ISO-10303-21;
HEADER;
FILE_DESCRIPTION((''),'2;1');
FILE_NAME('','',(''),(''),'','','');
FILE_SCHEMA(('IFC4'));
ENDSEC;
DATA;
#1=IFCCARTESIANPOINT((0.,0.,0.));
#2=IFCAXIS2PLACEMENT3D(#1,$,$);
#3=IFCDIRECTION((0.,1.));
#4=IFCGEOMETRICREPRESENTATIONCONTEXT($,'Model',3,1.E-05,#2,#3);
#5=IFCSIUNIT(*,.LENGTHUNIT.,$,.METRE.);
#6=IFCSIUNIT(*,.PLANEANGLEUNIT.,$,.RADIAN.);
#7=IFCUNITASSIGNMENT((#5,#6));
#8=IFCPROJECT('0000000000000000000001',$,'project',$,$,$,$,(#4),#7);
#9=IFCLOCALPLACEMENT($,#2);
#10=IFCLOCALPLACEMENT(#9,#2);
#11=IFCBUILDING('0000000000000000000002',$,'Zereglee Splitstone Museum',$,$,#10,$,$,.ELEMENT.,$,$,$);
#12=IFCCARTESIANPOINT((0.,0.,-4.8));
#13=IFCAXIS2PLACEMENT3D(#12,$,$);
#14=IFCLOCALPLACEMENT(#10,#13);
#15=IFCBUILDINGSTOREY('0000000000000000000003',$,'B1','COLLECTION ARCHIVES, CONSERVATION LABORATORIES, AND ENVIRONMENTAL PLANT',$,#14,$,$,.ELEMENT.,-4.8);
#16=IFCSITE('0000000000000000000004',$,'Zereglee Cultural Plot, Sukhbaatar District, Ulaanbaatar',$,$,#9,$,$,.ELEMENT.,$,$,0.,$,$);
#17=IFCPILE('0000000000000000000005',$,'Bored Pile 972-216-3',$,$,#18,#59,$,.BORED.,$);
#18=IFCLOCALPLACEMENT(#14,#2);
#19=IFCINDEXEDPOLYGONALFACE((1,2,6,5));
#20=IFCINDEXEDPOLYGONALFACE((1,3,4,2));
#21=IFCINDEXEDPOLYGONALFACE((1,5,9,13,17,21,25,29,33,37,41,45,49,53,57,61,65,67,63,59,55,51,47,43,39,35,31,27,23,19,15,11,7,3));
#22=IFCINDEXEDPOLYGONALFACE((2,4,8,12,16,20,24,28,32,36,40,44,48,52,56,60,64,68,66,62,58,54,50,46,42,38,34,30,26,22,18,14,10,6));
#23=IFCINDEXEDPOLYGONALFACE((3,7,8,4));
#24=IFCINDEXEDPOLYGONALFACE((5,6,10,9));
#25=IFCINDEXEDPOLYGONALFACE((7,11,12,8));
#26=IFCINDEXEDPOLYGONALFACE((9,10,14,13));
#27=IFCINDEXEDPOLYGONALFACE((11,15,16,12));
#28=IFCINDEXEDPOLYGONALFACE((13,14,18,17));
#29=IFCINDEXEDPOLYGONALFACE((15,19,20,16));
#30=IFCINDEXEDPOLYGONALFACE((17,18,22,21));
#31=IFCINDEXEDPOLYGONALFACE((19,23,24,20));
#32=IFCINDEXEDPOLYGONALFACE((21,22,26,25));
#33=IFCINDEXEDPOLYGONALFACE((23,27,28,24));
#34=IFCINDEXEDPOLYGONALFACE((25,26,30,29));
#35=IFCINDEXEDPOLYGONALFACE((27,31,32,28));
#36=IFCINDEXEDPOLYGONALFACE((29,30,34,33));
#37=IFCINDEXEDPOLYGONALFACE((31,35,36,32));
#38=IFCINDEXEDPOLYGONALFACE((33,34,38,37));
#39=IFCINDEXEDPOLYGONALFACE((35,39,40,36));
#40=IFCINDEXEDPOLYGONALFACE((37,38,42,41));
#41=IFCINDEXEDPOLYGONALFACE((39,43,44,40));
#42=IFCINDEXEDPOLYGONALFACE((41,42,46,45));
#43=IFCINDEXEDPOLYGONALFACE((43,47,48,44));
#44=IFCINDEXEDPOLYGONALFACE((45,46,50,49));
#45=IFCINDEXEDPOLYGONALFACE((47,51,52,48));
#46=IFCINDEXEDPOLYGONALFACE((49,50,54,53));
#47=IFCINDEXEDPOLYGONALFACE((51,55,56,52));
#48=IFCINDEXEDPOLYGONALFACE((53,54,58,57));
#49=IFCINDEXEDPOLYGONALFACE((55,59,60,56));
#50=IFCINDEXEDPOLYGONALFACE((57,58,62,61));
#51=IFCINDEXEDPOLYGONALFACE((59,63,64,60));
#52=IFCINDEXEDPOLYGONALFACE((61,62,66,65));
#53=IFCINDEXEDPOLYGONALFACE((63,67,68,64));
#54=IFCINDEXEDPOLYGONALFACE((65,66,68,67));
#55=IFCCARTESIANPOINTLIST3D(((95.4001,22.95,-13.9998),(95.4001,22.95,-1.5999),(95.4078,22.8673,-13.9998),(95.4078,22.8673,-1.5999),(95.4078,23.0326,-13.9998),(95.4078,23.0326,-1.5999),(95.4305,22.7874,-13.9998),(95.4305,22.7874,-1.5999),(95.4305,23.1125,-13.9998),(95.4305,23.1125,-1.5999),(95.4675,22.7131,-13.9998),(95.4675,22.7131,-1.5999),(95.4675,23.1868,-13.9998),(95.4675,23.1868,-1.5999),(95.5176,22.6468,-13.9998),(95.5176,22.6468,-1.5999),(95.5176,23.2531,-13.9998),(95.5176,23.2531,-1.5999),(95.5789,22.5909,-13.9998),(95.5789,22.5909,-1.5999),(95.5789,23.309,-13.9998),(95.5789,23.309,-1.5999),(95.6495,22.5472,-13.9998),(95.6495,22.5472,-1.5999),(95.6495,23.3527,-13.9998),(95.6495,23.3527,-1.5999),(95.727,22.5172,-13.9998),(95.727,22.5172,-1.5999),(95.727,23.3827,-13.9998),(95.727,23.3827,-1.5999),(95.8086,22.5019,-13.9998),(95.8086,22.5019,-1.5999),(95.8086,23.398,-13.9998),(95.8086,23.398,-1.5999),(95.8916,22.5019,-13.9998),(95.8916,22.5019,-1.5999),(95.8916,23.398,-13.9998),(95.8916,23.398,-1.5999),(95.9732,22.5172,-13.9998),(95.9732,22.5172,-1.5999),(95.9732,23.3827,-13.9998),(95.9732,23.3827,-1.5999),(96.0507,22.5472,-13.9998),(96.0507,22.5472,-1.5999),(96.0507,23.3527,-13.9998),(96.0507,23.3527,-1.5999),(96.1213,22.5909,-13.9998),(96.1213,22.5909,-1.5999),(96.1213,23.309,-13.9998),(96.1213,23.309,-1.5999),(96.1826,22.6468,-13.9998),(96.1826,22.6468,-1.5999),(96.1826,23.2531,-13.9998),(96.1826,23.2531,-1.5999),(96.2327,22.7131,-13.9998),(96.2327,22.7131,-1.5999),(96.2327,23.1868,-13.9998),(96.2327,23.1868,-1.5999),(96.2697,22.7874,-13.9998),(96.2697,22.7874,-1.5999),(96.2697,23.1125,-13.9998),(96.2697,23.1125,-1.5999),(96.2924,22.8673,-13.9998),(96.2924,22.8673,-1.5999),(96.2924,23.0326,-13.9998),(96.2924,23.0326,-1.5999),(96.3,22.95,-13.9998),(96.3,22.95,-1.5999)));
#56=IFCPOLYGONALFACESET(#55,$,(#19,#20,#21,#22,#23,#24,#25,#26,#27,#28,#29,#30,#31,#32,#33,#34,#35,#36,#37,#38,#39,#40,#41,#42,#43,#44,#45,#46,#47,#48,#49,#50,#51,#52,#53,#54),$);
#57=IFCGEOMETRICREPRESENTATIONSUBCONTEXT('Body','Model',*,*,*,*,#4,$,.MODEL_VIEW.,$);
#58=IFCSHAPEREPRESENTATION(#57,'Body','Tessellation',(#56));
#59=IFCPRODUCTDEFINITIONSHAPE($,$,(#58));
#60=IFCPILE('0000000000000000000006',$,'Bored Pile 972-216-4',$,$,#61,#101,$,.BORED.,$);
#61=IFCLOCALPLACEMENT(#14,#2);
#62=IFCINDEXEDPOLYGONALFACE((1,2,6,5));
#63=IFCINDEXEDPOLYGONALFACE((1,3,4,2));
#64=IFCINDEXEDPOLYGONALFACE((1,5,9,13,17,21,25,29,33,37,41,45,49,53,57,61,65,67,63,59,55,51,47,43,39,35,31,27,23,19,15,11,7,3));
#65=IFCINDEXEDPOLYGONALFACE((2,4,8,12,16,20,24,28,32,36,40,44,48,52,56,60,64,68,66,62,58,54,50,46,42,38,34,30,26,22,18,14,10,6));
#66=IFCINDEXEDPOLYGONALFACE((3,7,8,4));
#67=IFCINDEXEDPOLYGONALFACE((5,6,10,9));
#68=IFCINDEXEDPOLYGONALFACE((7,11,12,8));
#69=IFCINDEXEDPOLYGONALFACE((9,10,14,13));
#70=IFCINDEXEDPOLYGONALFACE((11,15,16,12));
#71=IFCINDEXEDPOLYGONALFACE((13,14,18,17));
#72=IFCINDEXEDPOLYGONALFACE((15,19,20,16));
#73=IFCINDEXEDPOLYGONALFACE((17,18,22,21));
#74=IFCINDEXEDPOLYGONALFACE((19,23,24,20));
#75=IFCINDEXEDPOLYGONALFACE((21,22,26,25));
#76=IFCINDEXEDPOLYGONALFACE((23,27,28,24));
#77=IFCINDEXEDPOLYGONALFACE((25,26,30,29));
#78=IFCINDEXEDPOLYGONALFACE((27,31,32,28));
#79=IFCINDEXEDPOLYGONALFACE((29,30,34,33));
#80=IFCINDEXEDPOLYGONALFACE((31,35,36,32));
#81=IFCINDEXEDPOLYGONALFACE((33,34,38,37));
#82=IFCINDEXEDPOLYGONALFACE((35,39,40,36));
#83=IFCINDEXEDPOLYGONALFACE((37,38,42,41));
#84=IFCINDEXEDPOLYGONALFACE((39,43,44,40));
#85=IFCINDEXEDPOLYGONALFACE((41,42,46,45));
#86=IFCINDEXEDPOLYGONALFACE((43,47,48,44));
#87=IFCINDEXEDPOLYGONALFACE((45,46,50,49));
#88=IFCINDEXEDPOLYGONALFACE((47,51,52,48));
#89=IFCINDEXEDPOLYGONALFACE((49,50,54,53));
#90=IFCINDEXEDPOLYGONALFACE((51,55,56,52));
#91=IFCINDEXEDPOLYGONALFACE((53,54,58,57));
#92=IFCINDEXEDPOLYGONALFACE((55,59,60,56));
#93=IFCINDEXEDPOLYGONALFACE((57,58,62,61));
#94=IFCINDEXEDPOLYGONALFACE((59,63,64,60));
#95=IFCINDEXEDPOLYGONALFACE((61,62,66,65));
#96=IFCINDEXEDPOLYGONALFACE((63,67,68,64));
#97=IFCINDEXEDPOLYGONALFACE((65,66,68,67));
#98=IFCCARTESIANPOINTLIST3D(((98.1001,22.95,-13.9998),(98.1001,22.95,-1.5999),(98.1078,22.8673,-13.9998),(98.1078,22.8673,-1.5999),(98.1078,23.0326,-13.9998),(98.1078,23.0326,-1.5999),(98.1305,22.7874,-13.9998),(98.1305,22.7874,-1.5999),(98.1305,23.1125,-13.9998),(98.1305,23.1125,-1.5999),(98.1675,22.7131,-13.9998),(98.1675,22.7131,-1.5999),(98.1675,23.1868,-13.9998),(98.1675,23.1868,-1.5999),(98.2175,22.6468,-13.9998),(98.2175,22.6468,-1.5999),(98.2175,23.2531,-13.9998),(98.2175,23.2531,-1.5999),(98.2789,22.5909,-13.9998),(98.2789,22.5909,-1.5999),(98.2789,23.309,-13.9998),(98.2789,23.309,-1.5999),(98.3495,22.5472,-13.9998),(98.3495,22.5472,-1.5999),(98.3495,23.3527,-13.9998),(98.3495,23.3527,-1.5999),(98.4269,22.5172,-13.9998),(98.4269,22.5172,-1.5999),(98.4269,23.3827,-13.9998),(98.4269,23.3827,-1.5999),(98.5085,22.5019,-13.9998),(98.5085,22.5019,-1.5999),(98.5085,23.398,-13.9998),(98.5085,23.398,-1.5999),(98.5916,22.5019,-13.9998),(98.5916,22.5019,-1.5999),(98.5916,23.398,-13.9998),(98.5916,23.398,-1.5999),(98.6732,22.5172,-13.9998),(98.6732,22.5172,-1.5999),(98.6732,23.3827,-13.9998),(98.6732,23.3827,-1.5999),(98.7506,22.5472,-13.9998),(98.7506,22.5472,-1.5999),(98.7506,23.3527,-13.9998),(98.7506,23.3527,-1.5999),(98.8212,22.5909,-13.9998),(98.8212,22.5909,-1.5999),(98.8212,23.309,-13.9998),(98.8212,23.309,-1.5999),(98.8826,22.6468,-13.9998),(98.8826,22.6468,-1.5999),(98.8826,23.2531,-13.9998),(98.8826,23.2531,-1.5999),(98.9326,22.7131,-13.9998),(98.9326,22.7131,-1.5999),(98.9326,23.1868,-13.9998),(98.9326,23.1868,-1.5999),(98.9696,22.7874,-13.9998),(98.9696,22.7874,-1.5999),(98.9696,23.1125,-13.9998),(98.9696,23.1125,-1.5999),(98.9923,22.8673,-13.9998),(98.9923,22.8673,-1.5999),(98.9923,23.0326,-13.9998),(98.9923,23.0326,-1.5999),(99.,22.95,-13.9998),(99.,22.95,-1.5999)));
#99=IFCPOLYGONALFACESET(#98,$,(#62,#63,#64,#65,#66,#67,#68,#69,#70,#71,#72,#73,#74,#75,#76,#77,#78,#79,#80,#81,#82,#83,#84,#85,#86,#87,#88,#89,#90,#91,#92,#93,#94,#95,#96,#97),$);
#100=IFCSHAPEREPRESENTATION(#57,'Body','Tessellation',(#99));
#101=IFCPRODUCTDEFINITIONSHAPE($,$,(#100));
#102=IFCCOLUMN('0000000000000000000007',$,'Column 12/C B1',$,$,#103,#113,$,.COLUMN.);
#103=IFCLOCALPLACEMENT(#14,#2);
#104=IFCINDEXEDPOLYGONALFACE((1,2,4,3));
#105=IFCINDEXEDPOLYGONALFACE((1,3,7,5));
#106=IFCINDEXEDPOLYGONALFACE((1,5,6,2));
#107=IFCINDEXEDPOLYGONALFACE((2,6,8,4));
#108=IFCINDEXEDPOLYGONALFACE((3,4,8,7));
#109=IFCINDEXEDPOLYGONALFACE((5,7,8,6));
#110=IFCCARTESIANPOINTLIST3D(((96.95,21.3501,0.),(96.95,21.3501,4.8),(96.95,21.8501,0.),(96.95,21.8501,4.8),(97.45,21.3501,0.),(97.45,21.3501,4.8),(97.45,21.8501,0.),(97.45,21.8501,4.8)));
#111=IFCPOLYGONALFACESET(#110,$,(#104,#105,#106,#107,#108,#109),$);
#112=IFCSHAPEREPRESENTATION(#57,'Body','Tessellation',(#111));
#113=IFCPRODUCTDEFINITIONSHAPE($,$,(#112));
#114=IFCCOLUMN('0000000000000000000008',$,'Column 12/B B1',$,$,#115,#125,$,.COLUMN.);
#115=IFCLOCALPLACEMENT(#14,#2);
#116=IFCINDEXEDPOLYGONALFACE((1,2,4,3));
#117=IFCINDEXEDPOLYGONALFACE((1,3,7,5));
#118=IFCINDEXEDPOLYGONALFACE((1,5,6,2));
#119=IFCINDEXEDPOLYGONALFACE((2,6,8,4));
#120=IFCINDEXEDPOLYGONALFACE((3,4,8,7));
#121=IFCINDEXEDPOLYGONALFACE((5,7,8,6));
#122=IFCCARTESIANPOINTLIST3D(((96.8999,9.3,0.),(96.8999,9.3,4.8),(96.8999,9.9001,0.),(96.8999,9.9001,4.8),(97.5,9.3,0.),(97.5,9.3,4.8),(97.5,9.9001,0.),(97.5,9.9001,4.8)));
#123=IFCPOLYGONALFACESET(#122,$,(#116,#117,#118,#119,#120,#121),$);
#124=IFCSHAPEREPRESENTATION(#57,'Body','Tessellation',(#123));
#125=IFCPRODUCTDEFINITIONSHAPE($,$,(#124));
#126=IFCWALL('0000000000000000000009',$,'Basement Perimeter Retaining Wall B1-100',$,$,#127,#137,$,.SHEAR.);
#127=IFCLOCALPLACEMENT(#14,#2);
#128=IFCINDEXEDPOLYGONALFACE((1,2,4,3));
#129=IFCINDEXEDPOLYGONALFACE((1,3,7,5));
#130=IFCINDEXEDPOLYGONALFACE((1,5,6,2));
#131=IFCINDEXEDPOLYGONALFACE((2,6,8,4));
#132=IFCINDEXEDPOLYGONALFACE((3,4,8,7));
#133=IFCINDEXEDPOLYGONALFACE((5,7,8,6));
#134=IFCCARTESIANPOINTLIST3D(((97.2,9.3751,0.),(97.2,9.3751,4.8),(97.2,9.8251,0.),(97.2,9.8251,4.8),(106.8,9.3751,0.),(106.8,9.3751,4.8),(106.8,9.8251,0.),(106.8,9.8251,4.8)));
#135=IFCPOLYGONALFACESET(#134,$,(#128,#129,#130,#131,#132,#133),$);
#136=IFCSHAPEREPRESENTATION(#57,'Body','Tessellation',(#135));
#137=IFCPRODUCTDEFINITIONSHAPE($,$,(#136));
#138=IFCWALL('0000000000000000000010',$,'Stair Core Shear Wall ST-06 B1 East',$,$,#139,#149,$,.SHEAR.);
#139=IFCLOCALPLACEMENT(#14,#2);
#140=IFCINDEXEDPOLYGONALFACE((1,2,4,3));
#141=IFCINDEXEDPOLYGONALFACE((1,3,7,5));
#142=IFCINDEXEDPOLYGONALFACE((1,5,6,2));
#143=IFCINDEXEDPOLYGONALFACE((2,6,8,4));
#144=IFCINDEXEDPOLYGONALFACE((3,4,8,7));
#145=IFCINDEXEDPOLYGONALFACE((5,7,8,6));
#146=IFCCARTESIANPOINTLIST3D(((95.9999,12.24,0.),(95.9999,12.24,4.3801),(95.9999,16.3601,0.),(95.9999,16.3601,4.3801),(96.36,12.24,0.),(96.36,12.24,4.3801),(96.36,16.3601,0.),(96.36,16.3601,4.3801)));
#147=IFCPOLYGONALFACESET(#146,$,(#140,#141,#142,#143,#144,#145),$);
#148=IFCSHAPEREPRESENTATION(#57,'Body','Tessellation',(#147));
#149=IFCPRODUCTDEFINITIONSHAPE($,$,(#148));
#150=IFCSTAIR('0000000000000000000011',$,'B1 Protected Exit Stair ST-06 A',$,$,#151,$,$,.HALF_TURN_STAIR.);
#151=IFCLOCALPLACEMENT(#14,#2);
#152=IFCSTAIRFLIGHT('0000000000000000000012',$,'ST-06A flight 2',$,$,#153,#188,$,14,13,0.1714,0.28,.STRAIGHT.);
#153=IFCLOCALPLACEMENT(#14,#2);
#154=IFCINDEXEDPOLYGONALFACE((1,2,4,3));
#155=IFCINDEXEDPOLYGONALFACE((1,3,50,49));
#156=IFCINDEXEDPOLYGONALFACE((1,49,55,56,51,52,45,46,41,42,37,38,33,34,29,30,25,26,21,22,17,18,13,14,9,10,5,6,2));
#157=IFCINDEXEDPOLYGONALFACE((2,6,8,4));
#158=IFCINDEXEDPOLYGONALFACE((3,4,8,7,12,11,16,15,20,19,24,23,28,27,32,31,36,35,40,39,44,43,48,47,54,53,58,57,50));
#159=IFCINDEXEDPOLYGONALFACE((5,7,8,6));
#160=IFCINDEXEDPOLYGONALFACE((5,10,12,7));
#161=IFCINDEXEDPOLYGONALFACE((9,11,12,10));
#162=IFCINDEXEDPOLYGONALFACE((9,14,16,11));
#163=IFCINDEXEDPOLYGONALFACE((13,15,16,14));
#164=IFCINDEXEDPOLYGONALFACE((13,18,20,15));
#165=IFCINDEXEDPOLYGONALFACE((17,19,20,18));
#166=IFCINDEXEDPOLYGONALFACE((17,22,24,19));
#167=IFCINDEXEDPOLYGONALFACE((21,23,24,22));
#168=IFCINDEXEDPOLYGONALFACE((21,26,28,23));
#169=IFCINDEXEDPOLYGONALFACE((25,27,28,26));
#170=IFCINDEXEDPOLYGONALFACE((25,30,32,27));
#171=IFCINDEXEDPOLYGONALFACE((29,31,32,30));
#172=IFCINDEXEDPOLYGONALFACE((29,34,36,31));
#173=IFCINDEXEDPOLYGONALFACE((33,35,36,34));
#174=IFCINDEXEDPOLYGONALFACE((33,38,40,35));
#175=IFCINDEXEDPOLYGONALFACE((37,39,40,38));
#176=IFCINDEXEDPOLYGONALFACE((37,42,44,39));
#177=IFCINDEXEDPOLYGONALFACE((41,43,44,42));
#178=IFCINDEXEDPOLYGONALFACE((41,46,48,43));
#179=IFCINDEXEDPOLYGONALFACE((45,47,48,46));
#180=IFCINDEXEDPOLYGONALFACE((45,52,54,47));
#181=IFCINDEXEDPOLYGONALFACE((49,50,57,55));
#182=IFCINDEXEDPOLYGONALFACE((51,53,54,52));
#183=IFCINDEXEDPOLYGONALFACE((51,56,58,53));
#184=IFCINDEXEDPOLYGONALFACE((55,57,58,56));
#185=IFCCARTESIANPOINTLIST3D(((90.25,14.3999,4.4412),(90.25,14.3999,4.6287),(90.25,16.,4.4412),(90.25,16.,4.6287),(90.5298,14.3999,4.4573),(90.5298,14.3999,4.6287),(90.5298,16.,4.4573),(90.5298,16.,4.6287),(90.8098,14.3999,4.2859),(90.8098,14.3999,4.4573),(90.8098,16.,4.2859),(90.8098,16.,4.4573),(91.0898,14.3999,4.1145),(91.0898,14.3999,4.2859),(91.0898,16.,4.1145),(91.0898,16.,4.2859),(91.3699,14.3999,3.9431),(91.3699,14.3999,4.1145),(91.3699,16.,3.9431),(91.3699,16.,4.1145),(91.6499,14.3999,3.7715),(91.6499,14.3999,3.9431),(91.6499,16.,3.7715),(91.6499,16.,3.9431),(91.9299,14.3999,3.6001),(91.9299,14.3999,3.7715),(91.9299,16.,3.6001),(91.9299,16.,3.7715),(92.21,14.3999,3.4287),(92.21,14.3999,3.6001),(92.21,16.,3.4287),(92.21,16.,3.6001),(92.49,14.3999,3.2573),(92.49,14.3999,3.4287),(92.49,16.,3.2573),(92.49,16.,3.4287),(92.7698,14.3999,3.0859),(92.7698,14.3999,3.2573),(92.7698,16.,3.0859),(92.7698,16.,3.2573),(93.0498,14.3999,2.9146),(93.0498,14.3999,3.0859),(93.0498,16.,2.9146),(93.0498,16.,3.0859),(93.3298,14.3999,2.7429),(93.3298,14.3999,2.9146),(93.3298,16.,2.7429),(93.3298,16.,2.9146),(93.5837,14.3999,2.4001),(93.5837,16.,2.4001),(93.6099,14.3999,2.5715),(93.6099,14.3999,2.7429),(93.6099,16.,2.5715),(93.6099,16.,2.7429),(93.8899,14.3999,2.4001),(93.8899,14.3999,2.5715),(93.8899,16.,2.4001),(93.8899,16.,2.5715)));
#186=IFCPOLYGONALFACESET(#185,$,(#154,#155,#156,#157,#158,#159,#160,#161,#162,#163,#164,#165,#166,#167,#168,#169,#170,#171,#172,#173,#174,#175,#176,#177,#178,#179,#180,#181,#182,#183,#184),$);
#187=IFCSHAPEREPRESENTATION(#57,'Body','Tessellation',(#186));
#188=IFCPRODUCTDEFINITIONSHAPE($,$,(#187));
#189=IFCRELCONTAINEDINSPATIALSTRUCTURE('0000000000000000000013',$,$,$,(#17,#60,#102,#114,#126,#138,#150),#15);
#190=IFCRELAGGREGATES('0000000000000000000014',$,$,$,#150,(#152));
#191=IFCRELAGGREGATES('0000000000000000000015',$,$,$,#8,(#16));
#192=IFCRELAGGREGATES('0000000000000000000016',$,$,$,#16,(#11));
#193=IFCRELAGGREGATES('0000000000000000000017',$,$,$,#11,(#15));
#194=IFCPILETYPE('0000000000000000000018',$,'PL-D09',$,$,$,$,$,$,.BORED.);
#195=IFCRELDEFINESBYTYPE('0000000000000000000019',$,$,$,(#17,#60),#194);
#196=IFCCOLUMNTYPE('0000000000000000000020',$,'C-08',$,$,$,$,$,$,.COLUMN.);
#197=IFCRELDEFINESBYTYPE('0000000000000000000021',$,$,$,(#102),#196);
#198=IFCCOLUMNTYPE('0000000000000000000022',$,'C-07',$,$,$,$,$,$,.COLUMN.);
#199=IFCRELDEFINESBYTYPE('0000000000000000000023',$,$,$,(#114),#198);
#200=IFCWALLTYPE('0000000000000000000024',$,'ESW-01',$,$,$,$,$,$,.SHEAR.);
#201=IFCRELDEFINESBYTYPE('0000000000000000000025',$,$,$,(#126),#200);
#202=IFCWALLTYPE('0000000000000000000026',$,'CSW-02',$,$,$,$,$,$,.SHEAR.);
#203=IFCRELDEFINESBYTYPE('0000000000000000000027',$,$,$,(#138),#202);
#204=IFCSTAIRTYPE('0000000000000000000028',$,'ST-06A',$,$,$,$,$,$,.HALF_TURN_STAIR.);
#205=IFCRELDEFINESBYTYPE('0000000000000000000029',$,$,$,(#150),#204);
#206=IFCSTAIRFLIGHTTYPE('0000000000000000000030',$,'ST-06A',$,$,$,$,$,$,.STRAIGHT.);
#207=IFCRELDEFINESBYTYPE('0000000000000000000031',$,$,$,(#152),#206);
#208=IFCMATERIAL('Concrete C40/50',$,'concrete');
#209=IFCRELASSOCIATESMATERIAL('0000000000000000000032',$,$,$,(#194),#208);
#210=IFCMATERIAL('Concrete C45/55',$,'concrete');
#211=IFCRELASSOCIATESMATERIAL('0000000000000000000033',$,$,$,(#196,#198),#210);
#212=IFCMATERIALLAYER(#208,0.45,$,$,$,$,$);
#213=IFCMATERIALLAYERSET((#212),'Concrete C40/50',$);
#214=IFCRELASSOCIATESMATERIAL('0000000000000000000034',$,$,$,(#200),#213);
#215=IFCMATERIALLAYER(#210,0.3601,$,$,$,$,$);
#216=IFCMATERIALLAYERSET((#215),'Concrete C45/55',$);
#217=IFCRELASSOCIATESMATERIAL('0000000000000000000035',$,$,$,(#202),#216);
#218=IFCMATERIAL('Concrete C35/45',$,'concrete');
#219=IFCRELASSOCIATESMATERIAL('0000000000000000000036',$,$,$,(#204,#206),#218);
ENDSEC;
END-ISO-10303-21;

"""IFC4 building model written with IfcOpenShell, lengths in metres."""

from ifc_helpers import new_model, si_unit, direction, frame, frame_2d, origin, origin_2d, place, context, subcontext, project, spatial, polyline, rectangle, circle, outline, extrude, material, layer, layer_set, material_profile, profile_set, type_object, element, aggregate, save


model = new_model("IFC4")

# Units and contexts
model_context = context("Model", 3, precision=1e-05, world=origin(), true_north=direction((0.0, 1.0)))
body_context = subcontext(model_context, "Body", "Model", "MODEL_VIEW")
ifc_project = project(units=[si_unit("LENGTHUNIT", "METRE"), si_unit("PLANEANGLEUNIT", "RADIAN")], contexts=[model_context])

# Site, building, storey
site_placement = place(None, origin())
site = spatial("IfcSite", under=ifc_project, at=site_placement, Name="Zereglee Cultural Plot, Sukhbaatar District, Ulaanbaatar", CompositionType="ELEMENT", RefElevation=0.0)
building_placement = place(site_placement, origin())
building = spatial("IfcBuilding", under=site, at=building_placement, Name="Zereglee Splitstone Museum", CompositionType="ELEMENT")
storey_placement = place(building_placement, frame((0.0, 0.0, -4.8)))
storey = spatial("IfcBuildingStorey", under=building, at=storey_placement, Name="B1", Description="COLLECTION ARCHIVES, CONSERVATION LABORATORIES, AND ENVIRONMENTAL PLANT", CompositionType="ELEMENT", Elevation=-4.8)

# Shared definitions
ifc_material_1 = material(Name="Concrete C40/50", Category="concrete")

# Piles
ifc_material_profile_1 = material_profile(ifc_material_1, circle(Radius=0.45, at=origin_2d()), Name="PILE D900")
ifc_profile_set_1 = profile_set([ifc_material_profile_1], Name="Concrete C40/50")
pile_type = type_object("IfcPileType", Name="PL-D09", PredefinedType="BORED", material=ifc_profile_set_1)
for number, where, z_axis, x_axis, name in (
    (1, (95.8501, 22.95, -1.5999), (0.0, 0.0, -1.0), (1.0, 0.0, 0.0), "Bored Pile 972-216-3"),
    (2, (98.55, 22.95, -1.5999), (0.0, 0.0, -1.0), (1.0, 0.0, 0.0), "Bored Pile 972-216-4"),
):
    element("IfcPile", number, at=place(storey_placement, frame(where, z_axis=z_axis, x_axis=x_axis)), inside=storey, type_object=pile_type, Name=name, PredefinedType="BORED", context=body_context, shape_type="SweptSolid", body=[
        extrude(circle(Radius=0.45, at=origin_2d()), origin(), (0.0, 0.0, 1.0), 12.3999),
    ])

# Columns
ifc_material_2 = material(Name="Concrete C45/55", Category="concrete")
ifc_material_profile_2 = material_profile(ifc_material_2, rectangle(XDim=0.5, YDim=0.5, at=origin_2d()), Name="RC 500x500")
ifc_profile_set_2 = profile_set([ifc_material_profile_2], Name="Concrete C45/55")
column_type_1 = type_object("IfcColumnType", Name="C-08", PredefinedType="COLUMN", material=ifc_profile_set_2)
column_1_placement = place(storey_placement, frame((97.2, 21.6001, 0.0), z_axis=(0.0, 0.0, 1.0), x_axis=(1.0, 0.0, 0.0)))
element("IfcColumn", 3, at=column_1_placement, inside=storey, type_object=column_type_1, Name="Column 12/C B1", PredefinedType="COLUMN", context=body_context, shape_type="SweptSolid", body=[
    extrude(rectangle(XDim=0.5, YDim=0.5, at=origin_2d()), origin(), (0.0, 0.0, 1.0), 4.8),
])
ifc_material_profile_3 = material_profile(ifc_material_2, rectangle(XDim=0.6001, YDim=0.6001, at=origin_2d()), Name="RC 600x600")
ifc_profile_set_3 = profile_set([ifc_material_profile_3], Name="Concrete C45/55")
column_type_2 = type_object("IfcColumnType", Name="C-07", PredefinedType="COLUMN", material=ifc_profile_set_3)
column_2_placement = place(storey_placement, frame((97.2, 9.6001, 0.0), z_axis=(0.0, 0.0, 1.0), x_axis=(1.0, 0.0, 0.0)))
element("IfcColumn", 4, at=column_2_placement, inside=storey, type_object=column_type_2, Name="Column 12/B B1", PredefinedType="COLUMN", context=body_context, shape_type="SweptSolid", body=[
    extrude(rectangle(XDim=0.6001, YDim=0.6001, at=origin_2d()), origin(), (0.0, 0.0, 1.0), 4.8),
])

# Walls
ifc_layer_1 = layer(ifc_material_1, 0.45)
ifc_layer_set_1 = layer_set([ifc_layer_1], Name="Concrete C40/50")
wall_type_1 = type_object("IfcWallType", Name="ESW-01", PredefinedType="SHEAR", material=ifc_layer_set_1)
wall_1_placement = place(storey_placement, frame((97.2, 9.6001, 0.0), z_axis=(0.0, 0.0, 1.0), x_axis=(1.0, 0.0, 0.0)))
element("IfcWall", 5, at=wall_1_placement, inside=storey, type_object=wall_type_1, Name="Basement Perimeter Retaining Wall B1-100", PredefinedType="SHEAR", context=body_context, shape_type="SweptSolid", body=[
    extrude(rectangle(XDim=9.6001, YDim=0.45, at=frame_2d((4.8, 0.0))), origin(), (0.0, 0.0, 1.0), 4.8),
])
ifc_layer_2 = layer(ifc_material_2, 0.3601)
ifc_layer_set_2 = layer_set([ifc_layer_2], Name="Concrete C45/55")
wall_type_2 = type_object("IfcWallType", Name="CSW-02", PredefinedType="SHEAR", material=ifc_layer_set_2)
wall_2_placement = place(storey_placement, frame((96.1799, 12.24, 0.0), z_axis=(0.0, 0.0, 1.0), x_axis=(0.0, 1.0, 0.0)))
element("IfcWall", 6, at=wall_2_placement, inside=storey, type_object=wall_type_2, Name="Stair Core Shear Wall ST-06 B1 East", PredefinedType="SHEAR", context=body_context, shape_type="SweptSolid", body=[
    extrude(rectangle(XDim=4.1201, YDim=0.3601, at=frame_2d((2.0601, 0.0))), origin(), (0.0, 0.0, 1.0), 4.3801),
])

# Stair, stair flight
ifc_material_3 = material(Name="Concrete C35/45", Category="concrete")
stair_type = type_object("IfcStairType", Name="ST-06A", PredefinedType="HALF_TURN_STAIR", material=ifc_material_3)
stair_placement = place(storey_placement, origin())
stair = element("IfcStair", 7, at=stair_placement, inside=storey, type_object=stair_type, Name="B1 Protected Exit Stair ST-06 A", PredefinedType="HALF_TURN_STAIR")
stair_flight_type = type_object("IfcStairFlightType", Name="ST-06A", PredefinedType="STRAIGHT", material=ifc_material_3)
stair_flight_placement = place(storey_placement, frame((93.8899, 15.2, 2.4001), z_axis=(0.0, 0.0, 1.0), x_axis=(-1.0, 0.0, 0.0)))
stair_flight = element("IfcStairFlight", 8, at=stair_flight_placement, type_object=stair_flight_type, Name="ST-06A flight 2", NumberOfRisers=14, NumberOfTreads=13, PredefinedType="STRAIGHT", RiserHeight=0.1714, TreadLength=0.28, context=body_context, shape_type="SweptSolid", body=[
    extrude(outline(polyline([(0.0, 0.0), (0.0, 0.1714), (0.28, 0.1714), (0.28, 0.3428), (0.5601, 0.3428), (0.5601, 0.5144), (0.8401, 0.5144), (0.8401, 0.6858), (1.1201, 0.6858), (1.1201, 0.8572), (1.3999, 0.8572), (1.3999, 1.0286), (1.6799, 1.0286), (1.6799, 1.2), (1.96, 1.2), (1.96, 1.3713), (2.24, 1.3713), (2.24, 1.543), (2.52, 1.543), (2.52, 1.7144), (2.8, 1.7144), (2.8, 1.8857), (3.0801, 1.8857), (3.0801, 2.0571), (3.3601, 2.0571), (3.3601, 2.2285), (3.6399, 2.2285), (3.6399, 2.3999), (3.6399, 2.041), (0.3062, 0.0), (0.0, 0.0)])), frame((0.0, 0.8, 0.0), z_axis=(0.0, -1.0, 0.0), x_axis=(1.0, 0.0, 0.0)), (0.0, 0.0, 1.0), 1.6001),
])
aggregate(stair, [stair_flight])

save(model, "model.ifc")
